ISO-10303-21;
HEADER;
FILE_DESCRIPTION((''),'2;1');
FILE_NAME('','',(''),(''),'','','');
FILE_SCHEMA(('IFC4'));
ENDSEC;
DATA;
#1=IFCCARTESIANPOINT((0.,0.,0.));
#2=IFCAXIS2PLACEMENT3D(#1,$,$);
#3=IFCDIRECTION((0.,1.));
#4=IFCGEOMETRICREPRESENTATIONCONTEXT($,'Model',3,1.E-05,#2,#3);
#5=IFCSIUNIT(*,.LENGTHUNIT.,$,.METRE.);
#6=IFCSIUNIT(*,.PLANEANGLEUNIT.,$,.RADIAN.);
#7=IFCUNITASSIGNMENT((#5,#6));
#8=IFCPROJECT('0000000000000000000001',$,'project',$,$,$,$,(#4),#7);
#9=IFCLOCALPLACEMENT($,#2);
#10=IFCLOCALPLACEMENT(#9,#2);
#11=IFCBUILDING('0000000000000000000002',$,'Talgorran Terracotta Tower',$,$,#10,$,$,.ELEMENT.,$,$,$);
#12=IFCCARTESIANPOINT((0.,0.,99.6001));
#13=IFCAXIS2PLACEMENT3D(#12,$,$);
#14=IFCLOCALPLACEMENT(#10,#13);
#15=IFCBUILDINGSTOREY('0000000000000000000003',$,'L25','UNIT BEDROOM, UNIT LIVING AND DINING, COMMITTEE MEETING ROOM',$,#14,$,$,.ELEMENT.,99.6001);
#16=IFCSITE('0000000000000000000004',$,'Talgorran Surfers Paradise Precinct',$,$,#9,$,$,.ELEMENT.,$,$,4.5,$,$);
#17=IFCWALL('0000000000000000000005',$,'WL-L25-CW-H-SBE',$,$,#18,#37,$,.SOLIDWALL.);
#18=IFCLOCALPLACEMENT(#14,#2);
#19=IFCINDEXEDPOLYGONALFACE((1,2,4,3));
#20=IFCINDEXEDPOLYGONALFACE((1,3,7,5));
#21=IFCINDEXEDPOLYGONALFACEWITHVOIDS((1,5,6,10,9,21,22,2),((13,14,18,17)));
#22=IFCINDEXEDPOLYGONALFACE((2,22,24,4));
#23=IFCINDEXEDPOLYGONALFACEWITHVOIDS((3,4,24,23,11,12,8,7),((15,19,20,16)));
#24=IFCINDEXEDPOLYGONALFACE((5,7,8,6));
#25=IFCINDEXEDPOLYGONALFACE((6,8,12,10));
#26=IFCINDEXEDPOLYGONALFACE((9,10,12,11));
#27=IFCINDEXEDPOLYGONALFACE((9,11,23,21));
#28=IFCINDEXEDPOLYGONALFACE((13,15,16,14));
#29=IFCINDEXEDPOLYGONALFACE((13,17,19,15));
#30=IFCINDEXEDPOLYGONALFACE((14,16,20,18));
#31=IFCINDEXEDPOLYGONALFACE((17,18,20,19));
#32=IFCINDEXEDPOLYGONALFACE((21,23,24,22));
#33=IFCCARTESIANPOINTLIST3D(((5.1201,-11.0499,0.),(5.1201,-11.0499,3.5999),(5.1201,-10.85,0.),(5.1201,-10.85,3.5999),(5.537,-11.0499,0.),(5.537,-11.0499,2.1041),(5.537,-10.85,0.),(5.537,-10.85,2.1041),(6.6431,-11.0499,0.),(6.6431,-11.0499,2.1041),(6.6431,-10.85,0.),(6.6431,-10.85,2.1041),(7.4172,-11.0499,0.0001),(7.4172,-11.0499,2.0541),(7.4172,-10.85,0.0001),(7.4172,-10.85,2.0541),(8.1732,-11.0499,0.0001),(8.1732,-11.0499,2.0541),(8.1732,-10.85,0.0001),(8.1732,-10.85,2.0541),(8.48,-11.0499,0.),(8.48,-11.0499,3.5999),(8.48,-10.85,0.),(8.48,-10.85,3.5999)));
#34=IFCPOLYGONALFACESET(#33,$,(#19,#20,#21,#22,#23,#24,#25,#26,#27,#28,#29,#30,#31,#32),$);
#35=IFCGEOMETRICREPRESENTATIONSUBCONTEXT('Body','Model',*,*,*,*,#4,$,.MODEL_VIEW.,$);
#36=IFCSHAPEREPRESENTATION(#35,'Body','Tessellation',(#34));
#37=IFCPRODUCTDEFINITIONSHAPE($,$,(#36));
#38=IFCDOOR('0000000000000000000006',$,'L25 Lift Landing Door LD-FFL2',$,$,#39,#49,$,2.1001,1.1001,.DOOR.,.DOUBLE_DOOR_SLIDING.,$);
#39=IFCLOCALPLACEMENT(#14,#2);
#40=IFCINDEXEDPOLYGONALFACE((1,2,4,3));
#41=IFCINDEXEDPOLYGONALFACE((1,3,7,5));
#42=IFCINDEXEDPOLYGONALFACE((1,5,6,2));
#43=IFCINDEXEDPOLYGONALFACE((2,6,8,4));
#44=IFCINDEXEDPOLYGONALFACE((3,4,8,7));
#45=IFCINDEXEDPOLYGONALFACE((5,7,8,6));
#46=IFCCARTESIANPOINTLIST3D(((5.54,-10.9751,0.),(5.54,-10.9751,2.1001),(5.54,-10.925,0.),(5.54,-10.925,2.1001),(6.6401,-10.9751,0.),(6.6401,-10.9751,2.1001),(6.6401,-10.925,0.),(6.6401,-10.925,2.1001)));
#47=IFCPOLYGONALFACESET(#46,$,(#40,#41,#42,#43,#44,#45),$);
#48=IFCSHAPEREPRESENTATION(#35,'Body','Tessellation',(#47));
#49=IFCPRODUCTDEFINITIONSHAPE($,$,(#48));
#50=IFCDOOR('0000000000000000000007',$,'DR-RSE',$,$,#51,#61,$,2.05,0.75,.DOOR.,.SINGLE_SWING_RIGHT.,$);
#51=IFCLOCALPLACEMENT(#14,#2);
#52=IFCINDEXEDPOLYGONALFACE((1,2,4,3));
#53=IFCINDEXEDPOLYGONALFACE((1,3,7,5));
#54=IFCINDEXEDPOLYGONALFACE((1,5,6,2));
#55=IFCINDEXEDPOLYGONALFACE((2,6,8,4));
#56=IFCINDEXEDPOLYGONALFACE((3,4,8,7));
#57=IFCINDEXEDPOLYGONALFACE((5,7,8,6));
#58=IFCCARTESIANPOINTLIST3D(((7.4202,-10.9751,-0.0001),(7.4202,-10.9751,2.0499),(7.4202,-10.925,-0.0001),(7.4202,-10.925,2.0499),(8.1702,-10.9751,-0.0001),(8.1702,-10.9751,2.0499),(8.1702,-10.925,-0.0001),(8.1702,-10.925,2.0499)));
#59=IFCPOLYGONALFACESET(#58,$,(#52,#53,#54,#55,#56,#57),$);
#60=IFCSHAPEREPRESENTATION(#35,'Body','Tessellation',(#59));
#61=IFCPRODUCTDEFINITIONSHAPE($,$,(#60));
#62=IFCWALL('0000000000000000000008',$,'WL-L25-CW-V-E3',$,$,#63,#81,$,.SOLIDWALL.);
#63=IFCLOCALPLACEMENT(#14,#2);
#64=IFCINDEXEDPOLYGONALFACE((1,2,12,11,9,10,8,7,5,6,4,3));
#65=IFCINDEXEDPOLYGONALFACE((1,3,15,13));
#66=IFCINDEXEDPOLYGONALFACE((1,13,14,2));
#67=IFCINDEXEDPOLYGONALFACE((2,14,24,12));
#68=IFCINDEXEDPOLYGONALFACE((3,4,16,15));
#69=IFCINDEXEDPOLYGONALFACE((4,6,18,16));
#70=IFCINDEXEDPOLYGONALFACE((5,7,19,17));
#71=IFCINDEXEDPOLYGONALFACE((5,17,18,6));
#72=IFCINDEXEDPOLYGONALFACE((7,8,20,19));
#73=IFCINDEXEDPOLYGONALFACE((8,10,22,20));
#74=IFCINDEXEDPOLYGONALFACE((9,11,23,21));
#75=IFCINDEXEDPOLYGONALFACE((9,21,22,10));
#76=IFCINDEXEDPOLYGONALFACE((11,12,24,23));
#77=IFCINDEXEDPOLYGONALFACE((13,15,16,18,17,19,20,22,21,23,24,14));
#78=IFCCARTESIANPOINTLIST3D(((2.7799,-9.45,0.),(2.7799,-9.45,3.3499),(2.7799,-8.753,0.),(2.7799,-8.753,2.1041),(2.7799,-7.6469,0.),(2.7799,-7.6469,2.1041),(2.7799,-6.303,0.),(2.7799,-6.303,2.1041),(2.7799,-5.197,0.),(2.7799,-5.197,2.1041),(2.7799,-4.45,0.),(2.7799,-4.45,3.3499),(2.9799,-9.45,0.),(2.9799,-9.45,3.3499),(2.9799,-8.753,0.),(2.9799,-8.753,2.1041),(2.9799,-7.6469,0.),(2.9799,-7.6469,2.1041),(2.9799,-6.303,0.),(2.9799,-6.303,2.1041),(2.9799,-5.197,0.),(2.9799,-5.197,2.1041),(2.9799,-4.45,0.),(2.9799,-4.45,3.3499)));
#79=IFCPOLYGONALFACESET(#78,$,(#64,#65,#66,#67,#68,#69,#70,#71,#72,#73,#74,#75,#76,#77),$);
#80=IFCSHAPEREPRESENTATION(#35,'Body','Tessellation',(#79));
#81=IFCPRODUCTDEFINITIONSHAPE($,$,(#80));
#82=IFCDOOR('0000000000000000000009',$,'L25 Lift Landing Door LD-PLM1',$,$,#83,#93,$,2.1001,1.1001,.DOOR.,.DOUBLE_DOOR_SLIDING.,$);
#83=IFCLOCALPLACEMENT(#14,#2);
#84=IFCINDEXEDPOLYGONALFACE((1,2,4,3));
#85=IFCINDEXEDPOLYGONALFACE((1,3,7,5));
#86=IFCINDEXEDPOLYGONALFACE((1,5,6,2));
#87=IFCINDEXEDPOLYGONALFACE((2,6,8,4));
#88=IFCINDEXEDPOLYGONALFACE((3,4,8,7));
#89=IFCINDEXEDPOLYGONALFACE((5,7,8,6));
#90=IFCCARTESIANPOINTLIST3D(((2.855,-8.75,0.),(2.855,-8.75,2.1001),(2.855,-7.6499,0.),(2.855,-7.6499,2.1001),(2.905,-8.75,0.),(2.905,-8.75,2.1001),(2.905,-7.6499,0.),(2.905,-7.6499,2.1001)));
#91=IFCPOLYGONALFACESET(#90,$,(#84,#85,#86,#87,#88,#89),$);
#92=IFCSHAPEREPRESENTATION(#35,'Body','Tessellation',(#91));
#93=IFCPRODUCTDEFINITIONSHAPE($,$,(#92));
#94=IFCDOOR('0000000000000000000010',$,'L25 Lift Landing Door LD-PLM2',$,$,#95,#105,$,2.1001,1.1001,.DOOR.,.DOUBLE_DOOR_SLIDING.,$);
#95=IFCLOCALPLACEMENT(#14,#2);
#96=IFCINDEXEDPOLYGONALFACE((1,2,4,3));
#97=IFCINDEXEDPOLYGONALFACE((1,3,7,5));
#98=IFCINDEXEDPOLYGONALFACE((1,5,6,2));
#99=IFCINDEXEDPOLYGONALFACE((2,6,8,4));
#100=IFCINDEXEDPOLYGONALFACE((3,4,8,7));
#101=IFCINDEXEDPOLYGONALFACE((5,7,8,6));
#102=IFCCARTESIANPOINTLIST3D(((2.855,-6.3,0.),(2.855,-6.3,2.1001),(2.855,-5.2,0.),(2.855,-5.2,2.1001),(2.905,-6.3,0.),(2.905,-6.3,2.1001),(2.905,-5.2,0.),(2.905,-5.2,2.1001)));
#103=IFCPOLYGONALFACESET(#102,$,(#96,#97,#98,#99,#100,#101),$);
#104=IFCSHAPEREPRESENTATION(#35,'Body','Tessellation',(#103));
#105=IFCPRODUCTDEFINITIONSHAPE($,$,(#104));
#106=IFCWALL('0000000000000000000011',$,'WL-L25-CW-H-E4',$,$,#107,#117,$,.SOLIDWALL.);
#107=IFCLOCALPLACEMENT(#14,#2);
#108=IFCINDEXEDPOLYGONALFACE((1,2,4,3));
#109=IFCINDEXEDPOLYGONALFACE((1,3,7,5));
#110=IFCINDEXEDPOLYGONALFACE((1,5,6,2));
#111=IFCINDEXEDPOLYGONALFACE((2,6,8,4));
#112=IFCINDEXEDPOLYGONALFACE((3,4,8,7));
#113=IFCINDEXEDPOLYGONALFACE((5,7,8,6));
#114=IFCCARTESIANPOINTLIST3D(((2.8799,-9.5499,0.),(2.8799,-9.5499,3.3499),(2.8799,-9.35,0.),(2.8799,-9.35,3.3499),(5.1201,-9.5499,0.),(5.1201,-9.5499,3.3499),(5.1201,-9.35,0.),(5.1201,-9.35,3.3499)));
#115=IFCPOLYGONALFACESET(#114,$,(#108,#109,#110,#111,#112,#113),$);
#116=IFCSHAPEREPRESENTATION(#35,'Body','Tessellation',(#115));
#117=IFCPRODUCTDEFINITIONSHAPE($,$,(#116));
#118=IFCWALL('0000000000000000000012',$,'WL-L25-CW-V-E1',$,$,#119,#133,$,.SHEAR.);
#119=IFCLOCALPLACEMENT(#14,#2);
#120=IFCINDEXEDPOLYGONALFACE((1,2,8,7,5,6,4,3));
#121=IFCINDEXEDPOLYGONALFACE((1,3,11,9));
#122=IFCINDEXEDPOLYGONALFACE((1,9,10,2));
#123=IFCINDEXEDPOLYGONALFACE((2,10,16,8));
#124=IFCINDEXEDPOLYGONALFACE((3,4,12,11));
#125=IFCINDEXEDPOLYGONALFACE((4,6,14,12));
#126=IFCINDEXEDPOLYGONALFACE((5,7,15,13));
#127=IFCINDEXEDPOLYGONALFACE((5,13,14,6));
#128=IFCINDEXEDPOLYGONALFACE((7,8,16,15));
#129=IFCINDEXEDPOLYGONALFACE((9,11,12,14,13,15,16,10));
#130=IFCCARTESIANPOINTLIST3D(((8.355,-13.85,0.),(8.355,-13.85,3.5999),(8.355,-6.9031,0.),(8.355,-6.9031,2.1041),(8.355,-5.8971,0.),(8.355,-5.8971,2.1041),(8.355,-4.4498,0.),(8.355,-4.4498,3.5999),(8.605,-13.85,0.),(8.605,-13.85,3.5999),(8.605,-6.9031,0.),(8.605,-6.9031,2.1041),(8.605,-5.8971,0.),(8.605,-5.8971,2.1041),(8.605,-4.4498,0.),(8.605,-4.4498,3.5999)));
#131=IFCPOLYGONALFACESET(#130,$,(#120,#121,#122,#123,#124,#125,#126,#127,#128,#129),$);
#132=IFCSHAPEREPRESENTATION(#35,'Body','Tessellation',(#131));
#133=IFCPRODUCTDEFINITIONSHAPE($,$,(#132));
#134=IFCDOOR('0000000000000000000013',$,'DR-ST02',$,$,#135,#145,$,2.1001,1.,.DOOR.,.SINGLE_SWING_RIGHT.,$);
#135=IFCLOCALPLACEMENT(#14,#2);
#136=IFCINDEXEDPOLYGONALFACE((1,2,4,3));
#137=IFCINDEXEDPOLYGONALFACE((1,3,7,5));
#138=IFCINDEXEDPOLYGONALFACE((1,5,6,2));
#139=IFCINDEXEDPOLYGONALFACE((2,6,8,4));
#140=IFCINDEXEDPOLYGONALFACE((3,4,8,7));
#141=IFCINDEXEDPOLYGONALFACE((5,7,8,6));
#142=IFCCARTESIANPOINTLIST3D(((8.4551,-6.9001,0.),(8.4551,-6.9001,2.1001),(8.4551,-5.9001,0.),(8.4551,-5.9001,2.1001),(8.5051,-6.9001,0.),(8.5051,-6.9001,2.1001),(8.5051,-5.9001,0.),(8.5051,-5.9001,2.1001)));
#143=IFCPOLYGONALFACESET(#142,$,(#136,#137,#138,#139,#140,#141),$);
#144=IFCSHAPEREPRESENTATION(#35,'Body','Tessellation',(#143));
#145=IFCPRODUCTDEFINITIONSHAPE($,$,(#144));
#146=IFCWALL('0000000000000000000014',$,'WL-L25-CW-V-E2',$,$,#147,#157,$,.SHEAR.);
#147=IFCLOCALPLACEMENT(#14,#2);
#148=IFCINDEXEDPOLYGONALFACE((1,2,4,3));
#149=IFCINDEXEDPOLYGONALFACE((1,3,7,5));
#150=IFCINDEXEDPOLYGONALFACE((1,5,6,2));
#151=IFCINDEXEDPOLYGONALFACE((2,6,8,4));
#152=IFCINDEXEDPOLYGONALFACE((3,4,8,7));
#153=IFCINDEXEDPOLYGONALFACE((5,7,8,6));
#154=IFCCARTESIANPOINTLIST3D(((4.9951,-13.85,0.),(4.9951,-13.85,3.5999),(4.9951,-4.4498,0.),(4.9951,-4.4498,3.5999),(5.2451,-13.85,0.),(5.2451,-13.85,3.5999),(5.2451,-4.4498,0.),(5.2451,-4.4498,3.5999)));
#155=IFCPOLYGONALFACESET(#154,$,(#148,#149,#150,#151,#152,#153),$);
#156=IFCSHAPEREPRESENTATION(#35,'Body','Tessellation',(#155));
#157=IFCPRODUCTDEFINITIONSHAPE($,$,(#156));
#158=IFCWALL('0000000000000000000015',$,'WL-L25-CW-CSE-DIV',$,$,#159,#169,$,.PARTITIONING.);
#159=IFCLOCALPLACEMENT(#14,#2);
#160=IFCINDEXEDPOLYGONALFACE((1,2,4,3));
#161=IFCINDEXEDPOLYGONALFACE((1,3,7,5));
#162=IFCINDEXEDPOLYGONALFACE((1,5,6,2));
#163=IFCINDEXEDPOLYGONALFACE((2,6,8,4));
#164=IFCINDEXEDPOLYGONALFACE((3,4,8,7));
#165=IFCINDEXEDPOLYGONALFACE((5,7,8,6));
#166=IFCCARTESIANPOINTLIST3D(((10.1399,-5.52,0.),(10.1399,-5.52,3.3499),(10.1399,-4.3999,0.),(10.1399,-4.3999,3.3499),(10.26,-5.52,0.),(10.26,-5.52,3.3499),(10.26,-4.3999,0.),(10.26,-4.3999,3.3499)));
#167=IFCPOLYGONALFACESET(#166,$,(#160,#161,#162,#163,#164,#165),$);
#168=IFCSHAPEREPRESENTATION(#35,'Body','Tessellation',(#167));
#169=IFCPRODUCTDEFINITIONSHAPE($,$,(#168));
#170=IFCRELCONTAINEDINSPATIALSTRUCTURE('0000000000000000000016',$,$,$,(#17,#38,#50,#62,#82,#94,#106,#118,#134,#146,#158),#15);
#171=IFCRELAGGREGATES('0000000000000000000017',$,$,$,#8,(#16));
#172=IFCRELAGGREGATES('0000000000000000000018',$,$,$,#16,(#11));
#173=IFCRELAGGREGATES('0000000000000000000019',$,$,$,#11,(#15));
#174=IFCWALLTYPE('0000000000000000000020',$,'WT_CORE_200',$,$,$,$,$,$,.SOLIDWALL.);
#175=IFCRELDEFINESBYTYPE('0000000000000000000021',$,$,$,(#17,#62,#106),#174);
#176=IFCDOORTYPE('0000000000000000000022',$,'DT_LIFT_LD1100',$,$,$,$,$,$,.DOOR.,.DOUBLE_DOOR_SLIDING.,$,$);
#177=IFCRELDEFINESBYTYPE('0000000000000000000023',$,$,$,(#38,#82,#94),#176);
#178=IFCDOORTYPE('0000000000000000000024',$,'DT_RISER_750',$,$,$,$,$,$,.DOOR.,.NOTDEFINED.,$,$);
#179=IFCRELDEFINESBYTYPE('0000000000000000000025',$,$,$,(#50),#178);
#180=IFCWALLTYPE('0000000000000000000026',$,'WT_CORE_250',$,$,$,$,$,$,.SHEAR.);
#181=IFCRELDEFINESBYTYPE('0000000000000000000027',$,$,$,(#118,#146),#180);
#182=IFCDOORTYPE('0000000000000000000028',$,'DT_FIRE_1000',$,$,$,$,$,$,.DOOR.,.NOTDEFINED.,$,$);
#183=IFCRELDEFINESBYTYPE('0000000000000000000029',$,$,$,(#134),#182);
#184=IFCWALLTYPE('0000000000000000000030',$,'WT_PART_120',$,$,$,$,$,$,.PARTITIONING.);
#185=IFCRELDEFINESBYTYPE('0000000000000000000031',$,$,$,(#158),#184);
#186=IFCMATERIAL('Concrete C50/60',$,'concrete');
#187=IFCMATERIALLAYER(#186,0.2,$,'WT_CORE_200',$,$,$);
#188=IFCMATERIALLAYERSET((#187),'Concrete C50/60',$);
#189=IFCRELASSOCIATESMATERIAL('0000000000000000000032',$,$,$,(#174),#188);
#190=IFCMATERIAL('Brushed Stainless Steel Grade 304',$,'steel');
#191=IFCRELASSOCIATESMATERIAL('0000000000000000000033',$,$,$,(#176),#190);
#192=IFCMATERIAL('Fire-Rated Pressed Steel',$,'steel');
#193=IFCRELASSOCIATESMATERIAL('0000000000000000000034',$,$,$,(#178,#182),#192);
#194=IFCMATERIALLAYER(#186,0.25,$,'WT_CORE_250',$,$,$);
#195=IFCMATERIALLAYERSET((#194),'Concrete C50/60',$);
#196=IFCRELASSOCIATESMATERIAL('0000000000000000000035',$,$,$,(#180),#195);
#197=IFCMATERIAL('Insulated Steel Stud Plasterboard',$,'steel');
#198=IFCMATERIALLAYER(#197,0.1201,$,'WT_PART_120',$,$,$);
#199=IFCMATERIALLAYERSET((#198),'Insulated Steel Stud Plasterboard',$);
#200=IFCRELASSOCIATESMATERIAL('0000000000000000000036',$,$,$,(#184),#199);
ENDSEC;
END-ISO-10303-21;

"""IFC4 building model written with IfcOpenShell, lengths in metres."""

from ifc_helpers import new_model, si_unit, direction, frame, frame_2d, origin, place, context, subcontext, project, spatial, rectangle, extrude, material, layer, layer_set, type_object, element, fill, save


model = new_model("IFC4")

# Units and contexts
model_context = context("Model", 3, precision=1e-05, world=origin(), true_north=direction((0.0, 1.0)))
body_context = subcontext(model_context, "Body", "Model", "MODEL_VIEW")
ifc_project = project(units=[si_unit("LENGTHUNIT", "METRE"), si_unit("PLANEANGLEUNIT", "RADIAN")], contexts=[model_context])

# Site, building, storey
site_placement = place(None, origin())
site = spatial("IfcSite", under=ifc_project, at=site_placement, Name="Talgorran Surfers Paradise Precinct", CompositionType="ELEMENT", RefElevation=4.5)
building_placement = place(site_placement, origin())
building = spatial("IfcBuilding", under=site, at=building_placement, Name="Talgorran Terracotta Tower", CompositionType="ELEMENT")
storey_placement = place(building_placement, frame((0.0, 0.0, 99.6001)))
storey = spatial("IfcBuildingStorey", under=building, at=storey_placement, Name="L25", Description="UNIT BEDROOM, UNIT LIVING AND DINING, COMMITTEE MEETING ROOM", CompositionType="ELEMENT", Elevation=99.6001)

# Shared definitions
ifc_material_1 = material(Name="Concrete C50/60", Category="concrete")
ifc_layer_1 = layer(ifc_material_1, 0.2, Name="WT_CORE_200")
ifc_layer_set_1 = layer_set([ifc_layer_1], Name="Concrete C50/60")
wall_type_1 = type_object("IfcWallType", Name="WT_CORE_200", PredefinedType="SOLIDWALL", material=ifc_layer_set_1)

# Walls, openings, doors
wall_1_placement = place(storey_placement, frame((5.1201, -10.95, 0.0), z_axis=(0.0, 0.0, 1.0), x_axis=(1.0, 0.0, 0.0)))
wall_1 = element("IfcWall", 1, at=wall_1_placement, inside=storey, type_object=wall_type_1, Name="WL-L25-CW-H-SBE", PredefinedType="SOLIDWALL", context=body_context, shape_type="SweptSolid", body=[
    extrude(rectangle(XDim=3.3599, YDim=0.2, at=frame_2d((1.6799, 0.0))), origin(), (0.0, 0.0, 1.0), 3.5999),
])
opening_1_placement = place(wall_1_placement, frame((0.4199, 0.0, 0.0)))
opening_1 = element("IfcOpeningElement", 2, at=opening_1_placement, cuts=wall_1, PredefinedType="OPENING", context=body_context, shape_type="SweptSolid", body=[
    extrude(rectangle(XDim=1.1061, YDim=2.1041, at=frame_2d((0.55, 1.052))), frame((0.0, 0.1099, 0.0), z_axis=(0.0, -1.0, 0.0), x_axis=(1.0, 0.0, 0.0)), (0.0, 0.0, 1.0), 0.22),
])
opening_2_placement = place(wall_1_placement, frame((2.3, 0.0, 0.0)))
opening_2 = element("IfcOpeningElement", 3, at=opening_2_placement, cuts=wall_1, PredefinedType="OPENING", context=body_context, shape_type="SweptSolid", body=[
    extrude(rectangle(XDim=0.756, YDim=2.054, at=frame_2d((0.375, 1.0271))), frame((0.0, 0.1099, 0.0), z_axis=(0.0, -1.0, 0.0), x_axis=(1.0, 0.0, 0.0)), (0.0, 0.0, 1.0), 0.22),
])
ifc_material_2 = material(Name="Brushed Stainless Steel Grade 304", Category="steel")
door_type_1 = type_object("IfcDoorType", Name="DT_LIFT_LD1100", OperationType="DOUBLE_DOOR_SLIDING", PredefinedType="DOOR", material=ifc_material_2)
door_1_placement = place(opening_1_placement, origin())
door_1 = element("IfcDoor", 4, at=door_1_placement, inside=storey, type_object=door_type_1, Name="L25 Lift Landing Door LD-FFL2", OperationType="DOUBLE_DOOR_SLIDING", OverallHeight=2.1001, OverallWidth=1.1001, PredefinedType="DOOR", context=body_context, shape_type="SweptSolid", body=[
    extrude(rectangle(XDim=1.1001, YDim=2.1001, at=frame_2d((0.55, 1.05))), frame((0.0, 0.0249, 0.0), z_axis=(0.0, -1.0, 0.0), x_axis=(1.0, 0.0, 0.0)), (0.0, 0.0, 1.0), 0.05),
])
fill(opening_1, door_1)
ifc_material_3 = material(Name="Fire-Rated Pressed Steel", Category="steel")
door_type_2 = type_object("IfcDoorType", Name="DT_RISER_750", OperationType="NOTDEFINED", PredefinedType="DOOR", material=ifc_material_3)
door_2_placement = place(opening_2_placement, origin())
door_2 = element("IfcDoor", 5, at=door_2_placement, inside=storey, type_object=door_type_2, Name="DR-RSE", OperationType="SINGLE_SWING_RIGHT", OverallHeight=2.05, OverallWidth=0.75, PredefinedType="DOOR", context=body_context, shape_type="SweptSolid", body=[
    extrude(rectangle(XDim=0.75, YDim=2.05, at=frame_2d((0.375, 1.0249))), frame((0.0, 0.0249, 0.0), z_axis=(0.0, -1.0, 0.0), x_axis=(1.0, 0.0, 0.0)), (0.0, 0.0, 1.0), 0.05),
])
fill(opening_2, door_2)
wall_2_placement = place(storey_placement, frame((2.8799, -9.45, 0.0), z_axis=(0.0, 0.0, 1.0), x_axis=(0.0, 1.0, 0.0)))
wall_2 = element("IfcWall", 6, at=wall_2_placement, inside=storey, type_object=wall_type_1, Name="WL-L25-CW-V-E3", PredefinedType="SOLIDWALL", context=body_context, shape_type="SweptSolid", body=[
    extrude(rectangle(XDim=5.0, YDim=0.2, at=frame_2d((2.5, 0.0))), origin(), (0.0, 0.0, 1.0), 3.3499),
])
opening_3_placement = place(wall_2_placement, frame((0.7, 0.0, 0.0)))
opening_3 = element("IfcOpeningElement", 7, at=opening_3_placement, cuts=wall_2, PredefinedType="OPENING", context=body_context, shape_type="SweptSolid", body=[
    extrude(rectangle(XDim=1.1061, YDim=2.1041, at=frame_2d((0.55, 1.052))), frame((0.0, 0.1099, 0.0), z_axis=(0.0, -1.0, 0.0), x_axis=(1.0, 0.0, 0.0)), (0.0, 0.0, 1.0), 0.22),
])
opening_4_placement = place(wall_2_placement, frame((3.1499, 0.0, 0.0)))
opening_4 = element("IfcOpeningElement", 8, at=opening_4_placement, cuts=wall_2, PredefinedType="OPENING", context=body_context, shape_type="SweptSolid", body=[
    extrude(rectangle(XDim=1.1061, YDim=2.1041, at=frame_2d((0.55, 1.052))), frame((0.0, 0.1099, 0.0), z_axis=(0.0, -1.0, 0.0), x_axis=(1.0, 0.0, 0.0)), (0.0, 0.0, 1.0), 0.22),
])
door_3_placement = place(opening_3_placement, origin())
door_3 = element("IfcDoor", 9, at=door_3_placement, inside=storey, type_object=door_type_1, Name="L25 Lift Landing Door LD-PLM1", OperationType="DOUBLE_DOOR_SLIDING", OverallHeight=2.1001, OverallWidth=1.1001, PredefinedType="DOOR", context=body_context, shape_type="SweptSolid", body=[
    extrude(rectangle(XDim=1.1001, YDim=2.1001, at=frame_2d((0.55, 1.05))), frame((0.0, 0.0249, 0.0), z_axis=(0.0, -1.0, 0.0), x_axis=(1.0, 0.0, 0.0)), (0.0, 0.0, 1.0), 0.05),
])
fill(opening_3, door_3)
door_4_placement = place(opening_4_placement, origin())
door_4 = element("IfcDoor", 10, at=door_4_placement, inside=storey, type_object=door_type_1, Name="L25 Lift Landing Door LD-PLM2", OperationType="DOUBLE_DOOR_SLIDING", OverallHeight=2.1001, OverallWidth=1.1001, PredefinedType="DOOR", context=body_context, shape_type="SweptSolid", body=[
    extrude(rectangle(XDim=1.1001, YDim=2.1001, at=frame_2d((0.55, 1.05))), frame((0.0, 0.0249, 0.0), z_axis=(0.0, -1.0, 0.0), x_axis=(1.0, 0.0, 0.0)), (0.0, 0.0, 1.0), 0.05),
])
fill(opening_4, door_4)

# Wall
wall_3_placement = place(storey_placement, frame((2.8799, -9.45, 0.0), z_axis=(0.0, 0.0, 1.0), x_axis=(1.0, 0.0, 0.0)))
element("IfcWall", 11, at=wall_3_placement, inside=storey, type_object=wall_type_1, Name="WL-L25-CW-H-E4", PredefinedType="SOLIDWALL", context=body_context, shape_type="SweptSolid", body=[
    extrude(rectangle(XDim=2.2402, YDim=0.2, at=frame_2d((1.1201, 0.0))), origin(), (0.0, 0.0, 1.0), 3.3499),
])

# Wall, opening, door
ifc_layer_2 = layer(ifc_material_1, 0.25, Name="WT_CORE_250")
ifc_layer_set_2 = layer_set([ifc_layer_2], Name="Concrete C50/60")
wall_type_2 = type_object("IfcWallType", Name="WT_CORE_250", PredefinedType="SHEAR", material=ifc_layer_set_2)
wall_4_placement = place(storey_placement, frame((8.48, -13.8501, 0.0), z_axis=(0.0, 0.0, 1.0), x_axis=(0.0, 1.0, 0.0)))
wall_4 = element("IfcWall", 12, at=wall_4_placement, inside=storey, type_object=wall_type_2, Name="WL-L25-CW-V-E1", PredefinedType="SHEAR", context=body_context, shape_type="SweptSolid", body=[
    extrude(rectangle(XDim=9.4001, YDim=0.25, at=frame_2d((4.7002, 0.0))), origin(), (0.0, 0.0, 1.0), 3.5999),
])
opening_5_placement = place(wall_4_placement, frame((6.95, 0.0, 0.0)))
opening_5 = element("IfcOpeningElement", 13, at=opening_5_placement, cuts=wall_4, PredefinedType="OPENING", context=body_context, shape_type="SweptSolid", body=[
    extrude(rectangle(XDim=1.006, YDim=2.1041, at=frame_2d((0.5, 1.052))), frame((0.0, 0.135, 0.0), z_axis=(0.0, -1.0, 0.0), x_axis=(1.0, 0.0, 0.0)), (0.0, 0.0, 1.0), 0.27),
])
door_type_3 = type_object("IfcDoorType", Name="DT_FIRE_1000", OperationType="NOTDEFINED", PredefinedType="DOOR", material=ifc_material_3)
door_5_placement = place(opening_5_placement, origin())
door_5 = element("IfcDoor", 14, at=door_5_placement, inside=storey, type_object=door_type_3, Name="DR-ST02", OperationType="SINGLE_SWING_RIGHT", OverallHeight=2.1001, OverallWidth=1.0, PredefinedType="DOOR", context=body_context, shape_type="SweptSolid", body=[
    extrude(rectangle(XDim=1.0, YDim=2.1001, at=frame_2d((0.5, 1.05))), frame((0.0, 0.0249, 0.0), z_axis=(0.0, -1.0, 0.0), x_axis=(1.0, 0.0, 0.0)), (0.0, 0.0, 1.0), 0.05),
])
fill(opening_5, door_5)

# Walls
wall_5_placement = place(storey_placement, frame((5.1201, -13.8501, 0.0), z_axis=(0.0, 0.0, 1.0), x_axis=(0.0, 1.0, 0.0)))
element("IfcWall", 15, at=wall_5_placement, inside=storey, type_object=wall_type_2, Name="WL-L25-CW-V-E2", PredefinedType="SHEAR", context=body_context, shape_type="SweptSolid", body=[
    extrude(rectangle(XDim=9.4001, YDim=0.25, at=frame_2d((4.7002, 0.0))), origin(), (0.0, 0.0, 1.0), 3.5999),
])
ifc_material_4 = material(Name="Insulated Steel Stud Plasterboard", Category="steel")
ifc_layer_3 = layer(ifc_material_4, 0.1201, Name="WT_PART_120")
ifc_layer_set_3 = layer_set([ifc_layer_3], Name="Insulated Steel Stud Plasterboard")
wall_type_3 = type_object("IfcWallType", Name="WT_PART_120", PredefinedType="PARTITIONING", material=ifc_layer_set_3)
wall_6_placement = place(storey_placement, frame((10.2, -5.52, 0.0), z_axis=(0.0, 0.0, 1.0), x_axis=(0.0, 1.0, 0.0)))
element("IfcWall", 16, at=wall_6_placement, inside=storey, type_object=wall_type_3, Name="WL-L25-CW-CSE-DIV", PredefinedType="PARTITIONING", context=body_context, shape_type="SweptSolid", body=[
    extrude(rectangle(XDim=1.1201, YDim=0.1201, at=frame_2d((0.5601, 0.0))), origin(), (0.0, 0.0, 1.0), 3.3499),
])

save(model, "model.ifc")
